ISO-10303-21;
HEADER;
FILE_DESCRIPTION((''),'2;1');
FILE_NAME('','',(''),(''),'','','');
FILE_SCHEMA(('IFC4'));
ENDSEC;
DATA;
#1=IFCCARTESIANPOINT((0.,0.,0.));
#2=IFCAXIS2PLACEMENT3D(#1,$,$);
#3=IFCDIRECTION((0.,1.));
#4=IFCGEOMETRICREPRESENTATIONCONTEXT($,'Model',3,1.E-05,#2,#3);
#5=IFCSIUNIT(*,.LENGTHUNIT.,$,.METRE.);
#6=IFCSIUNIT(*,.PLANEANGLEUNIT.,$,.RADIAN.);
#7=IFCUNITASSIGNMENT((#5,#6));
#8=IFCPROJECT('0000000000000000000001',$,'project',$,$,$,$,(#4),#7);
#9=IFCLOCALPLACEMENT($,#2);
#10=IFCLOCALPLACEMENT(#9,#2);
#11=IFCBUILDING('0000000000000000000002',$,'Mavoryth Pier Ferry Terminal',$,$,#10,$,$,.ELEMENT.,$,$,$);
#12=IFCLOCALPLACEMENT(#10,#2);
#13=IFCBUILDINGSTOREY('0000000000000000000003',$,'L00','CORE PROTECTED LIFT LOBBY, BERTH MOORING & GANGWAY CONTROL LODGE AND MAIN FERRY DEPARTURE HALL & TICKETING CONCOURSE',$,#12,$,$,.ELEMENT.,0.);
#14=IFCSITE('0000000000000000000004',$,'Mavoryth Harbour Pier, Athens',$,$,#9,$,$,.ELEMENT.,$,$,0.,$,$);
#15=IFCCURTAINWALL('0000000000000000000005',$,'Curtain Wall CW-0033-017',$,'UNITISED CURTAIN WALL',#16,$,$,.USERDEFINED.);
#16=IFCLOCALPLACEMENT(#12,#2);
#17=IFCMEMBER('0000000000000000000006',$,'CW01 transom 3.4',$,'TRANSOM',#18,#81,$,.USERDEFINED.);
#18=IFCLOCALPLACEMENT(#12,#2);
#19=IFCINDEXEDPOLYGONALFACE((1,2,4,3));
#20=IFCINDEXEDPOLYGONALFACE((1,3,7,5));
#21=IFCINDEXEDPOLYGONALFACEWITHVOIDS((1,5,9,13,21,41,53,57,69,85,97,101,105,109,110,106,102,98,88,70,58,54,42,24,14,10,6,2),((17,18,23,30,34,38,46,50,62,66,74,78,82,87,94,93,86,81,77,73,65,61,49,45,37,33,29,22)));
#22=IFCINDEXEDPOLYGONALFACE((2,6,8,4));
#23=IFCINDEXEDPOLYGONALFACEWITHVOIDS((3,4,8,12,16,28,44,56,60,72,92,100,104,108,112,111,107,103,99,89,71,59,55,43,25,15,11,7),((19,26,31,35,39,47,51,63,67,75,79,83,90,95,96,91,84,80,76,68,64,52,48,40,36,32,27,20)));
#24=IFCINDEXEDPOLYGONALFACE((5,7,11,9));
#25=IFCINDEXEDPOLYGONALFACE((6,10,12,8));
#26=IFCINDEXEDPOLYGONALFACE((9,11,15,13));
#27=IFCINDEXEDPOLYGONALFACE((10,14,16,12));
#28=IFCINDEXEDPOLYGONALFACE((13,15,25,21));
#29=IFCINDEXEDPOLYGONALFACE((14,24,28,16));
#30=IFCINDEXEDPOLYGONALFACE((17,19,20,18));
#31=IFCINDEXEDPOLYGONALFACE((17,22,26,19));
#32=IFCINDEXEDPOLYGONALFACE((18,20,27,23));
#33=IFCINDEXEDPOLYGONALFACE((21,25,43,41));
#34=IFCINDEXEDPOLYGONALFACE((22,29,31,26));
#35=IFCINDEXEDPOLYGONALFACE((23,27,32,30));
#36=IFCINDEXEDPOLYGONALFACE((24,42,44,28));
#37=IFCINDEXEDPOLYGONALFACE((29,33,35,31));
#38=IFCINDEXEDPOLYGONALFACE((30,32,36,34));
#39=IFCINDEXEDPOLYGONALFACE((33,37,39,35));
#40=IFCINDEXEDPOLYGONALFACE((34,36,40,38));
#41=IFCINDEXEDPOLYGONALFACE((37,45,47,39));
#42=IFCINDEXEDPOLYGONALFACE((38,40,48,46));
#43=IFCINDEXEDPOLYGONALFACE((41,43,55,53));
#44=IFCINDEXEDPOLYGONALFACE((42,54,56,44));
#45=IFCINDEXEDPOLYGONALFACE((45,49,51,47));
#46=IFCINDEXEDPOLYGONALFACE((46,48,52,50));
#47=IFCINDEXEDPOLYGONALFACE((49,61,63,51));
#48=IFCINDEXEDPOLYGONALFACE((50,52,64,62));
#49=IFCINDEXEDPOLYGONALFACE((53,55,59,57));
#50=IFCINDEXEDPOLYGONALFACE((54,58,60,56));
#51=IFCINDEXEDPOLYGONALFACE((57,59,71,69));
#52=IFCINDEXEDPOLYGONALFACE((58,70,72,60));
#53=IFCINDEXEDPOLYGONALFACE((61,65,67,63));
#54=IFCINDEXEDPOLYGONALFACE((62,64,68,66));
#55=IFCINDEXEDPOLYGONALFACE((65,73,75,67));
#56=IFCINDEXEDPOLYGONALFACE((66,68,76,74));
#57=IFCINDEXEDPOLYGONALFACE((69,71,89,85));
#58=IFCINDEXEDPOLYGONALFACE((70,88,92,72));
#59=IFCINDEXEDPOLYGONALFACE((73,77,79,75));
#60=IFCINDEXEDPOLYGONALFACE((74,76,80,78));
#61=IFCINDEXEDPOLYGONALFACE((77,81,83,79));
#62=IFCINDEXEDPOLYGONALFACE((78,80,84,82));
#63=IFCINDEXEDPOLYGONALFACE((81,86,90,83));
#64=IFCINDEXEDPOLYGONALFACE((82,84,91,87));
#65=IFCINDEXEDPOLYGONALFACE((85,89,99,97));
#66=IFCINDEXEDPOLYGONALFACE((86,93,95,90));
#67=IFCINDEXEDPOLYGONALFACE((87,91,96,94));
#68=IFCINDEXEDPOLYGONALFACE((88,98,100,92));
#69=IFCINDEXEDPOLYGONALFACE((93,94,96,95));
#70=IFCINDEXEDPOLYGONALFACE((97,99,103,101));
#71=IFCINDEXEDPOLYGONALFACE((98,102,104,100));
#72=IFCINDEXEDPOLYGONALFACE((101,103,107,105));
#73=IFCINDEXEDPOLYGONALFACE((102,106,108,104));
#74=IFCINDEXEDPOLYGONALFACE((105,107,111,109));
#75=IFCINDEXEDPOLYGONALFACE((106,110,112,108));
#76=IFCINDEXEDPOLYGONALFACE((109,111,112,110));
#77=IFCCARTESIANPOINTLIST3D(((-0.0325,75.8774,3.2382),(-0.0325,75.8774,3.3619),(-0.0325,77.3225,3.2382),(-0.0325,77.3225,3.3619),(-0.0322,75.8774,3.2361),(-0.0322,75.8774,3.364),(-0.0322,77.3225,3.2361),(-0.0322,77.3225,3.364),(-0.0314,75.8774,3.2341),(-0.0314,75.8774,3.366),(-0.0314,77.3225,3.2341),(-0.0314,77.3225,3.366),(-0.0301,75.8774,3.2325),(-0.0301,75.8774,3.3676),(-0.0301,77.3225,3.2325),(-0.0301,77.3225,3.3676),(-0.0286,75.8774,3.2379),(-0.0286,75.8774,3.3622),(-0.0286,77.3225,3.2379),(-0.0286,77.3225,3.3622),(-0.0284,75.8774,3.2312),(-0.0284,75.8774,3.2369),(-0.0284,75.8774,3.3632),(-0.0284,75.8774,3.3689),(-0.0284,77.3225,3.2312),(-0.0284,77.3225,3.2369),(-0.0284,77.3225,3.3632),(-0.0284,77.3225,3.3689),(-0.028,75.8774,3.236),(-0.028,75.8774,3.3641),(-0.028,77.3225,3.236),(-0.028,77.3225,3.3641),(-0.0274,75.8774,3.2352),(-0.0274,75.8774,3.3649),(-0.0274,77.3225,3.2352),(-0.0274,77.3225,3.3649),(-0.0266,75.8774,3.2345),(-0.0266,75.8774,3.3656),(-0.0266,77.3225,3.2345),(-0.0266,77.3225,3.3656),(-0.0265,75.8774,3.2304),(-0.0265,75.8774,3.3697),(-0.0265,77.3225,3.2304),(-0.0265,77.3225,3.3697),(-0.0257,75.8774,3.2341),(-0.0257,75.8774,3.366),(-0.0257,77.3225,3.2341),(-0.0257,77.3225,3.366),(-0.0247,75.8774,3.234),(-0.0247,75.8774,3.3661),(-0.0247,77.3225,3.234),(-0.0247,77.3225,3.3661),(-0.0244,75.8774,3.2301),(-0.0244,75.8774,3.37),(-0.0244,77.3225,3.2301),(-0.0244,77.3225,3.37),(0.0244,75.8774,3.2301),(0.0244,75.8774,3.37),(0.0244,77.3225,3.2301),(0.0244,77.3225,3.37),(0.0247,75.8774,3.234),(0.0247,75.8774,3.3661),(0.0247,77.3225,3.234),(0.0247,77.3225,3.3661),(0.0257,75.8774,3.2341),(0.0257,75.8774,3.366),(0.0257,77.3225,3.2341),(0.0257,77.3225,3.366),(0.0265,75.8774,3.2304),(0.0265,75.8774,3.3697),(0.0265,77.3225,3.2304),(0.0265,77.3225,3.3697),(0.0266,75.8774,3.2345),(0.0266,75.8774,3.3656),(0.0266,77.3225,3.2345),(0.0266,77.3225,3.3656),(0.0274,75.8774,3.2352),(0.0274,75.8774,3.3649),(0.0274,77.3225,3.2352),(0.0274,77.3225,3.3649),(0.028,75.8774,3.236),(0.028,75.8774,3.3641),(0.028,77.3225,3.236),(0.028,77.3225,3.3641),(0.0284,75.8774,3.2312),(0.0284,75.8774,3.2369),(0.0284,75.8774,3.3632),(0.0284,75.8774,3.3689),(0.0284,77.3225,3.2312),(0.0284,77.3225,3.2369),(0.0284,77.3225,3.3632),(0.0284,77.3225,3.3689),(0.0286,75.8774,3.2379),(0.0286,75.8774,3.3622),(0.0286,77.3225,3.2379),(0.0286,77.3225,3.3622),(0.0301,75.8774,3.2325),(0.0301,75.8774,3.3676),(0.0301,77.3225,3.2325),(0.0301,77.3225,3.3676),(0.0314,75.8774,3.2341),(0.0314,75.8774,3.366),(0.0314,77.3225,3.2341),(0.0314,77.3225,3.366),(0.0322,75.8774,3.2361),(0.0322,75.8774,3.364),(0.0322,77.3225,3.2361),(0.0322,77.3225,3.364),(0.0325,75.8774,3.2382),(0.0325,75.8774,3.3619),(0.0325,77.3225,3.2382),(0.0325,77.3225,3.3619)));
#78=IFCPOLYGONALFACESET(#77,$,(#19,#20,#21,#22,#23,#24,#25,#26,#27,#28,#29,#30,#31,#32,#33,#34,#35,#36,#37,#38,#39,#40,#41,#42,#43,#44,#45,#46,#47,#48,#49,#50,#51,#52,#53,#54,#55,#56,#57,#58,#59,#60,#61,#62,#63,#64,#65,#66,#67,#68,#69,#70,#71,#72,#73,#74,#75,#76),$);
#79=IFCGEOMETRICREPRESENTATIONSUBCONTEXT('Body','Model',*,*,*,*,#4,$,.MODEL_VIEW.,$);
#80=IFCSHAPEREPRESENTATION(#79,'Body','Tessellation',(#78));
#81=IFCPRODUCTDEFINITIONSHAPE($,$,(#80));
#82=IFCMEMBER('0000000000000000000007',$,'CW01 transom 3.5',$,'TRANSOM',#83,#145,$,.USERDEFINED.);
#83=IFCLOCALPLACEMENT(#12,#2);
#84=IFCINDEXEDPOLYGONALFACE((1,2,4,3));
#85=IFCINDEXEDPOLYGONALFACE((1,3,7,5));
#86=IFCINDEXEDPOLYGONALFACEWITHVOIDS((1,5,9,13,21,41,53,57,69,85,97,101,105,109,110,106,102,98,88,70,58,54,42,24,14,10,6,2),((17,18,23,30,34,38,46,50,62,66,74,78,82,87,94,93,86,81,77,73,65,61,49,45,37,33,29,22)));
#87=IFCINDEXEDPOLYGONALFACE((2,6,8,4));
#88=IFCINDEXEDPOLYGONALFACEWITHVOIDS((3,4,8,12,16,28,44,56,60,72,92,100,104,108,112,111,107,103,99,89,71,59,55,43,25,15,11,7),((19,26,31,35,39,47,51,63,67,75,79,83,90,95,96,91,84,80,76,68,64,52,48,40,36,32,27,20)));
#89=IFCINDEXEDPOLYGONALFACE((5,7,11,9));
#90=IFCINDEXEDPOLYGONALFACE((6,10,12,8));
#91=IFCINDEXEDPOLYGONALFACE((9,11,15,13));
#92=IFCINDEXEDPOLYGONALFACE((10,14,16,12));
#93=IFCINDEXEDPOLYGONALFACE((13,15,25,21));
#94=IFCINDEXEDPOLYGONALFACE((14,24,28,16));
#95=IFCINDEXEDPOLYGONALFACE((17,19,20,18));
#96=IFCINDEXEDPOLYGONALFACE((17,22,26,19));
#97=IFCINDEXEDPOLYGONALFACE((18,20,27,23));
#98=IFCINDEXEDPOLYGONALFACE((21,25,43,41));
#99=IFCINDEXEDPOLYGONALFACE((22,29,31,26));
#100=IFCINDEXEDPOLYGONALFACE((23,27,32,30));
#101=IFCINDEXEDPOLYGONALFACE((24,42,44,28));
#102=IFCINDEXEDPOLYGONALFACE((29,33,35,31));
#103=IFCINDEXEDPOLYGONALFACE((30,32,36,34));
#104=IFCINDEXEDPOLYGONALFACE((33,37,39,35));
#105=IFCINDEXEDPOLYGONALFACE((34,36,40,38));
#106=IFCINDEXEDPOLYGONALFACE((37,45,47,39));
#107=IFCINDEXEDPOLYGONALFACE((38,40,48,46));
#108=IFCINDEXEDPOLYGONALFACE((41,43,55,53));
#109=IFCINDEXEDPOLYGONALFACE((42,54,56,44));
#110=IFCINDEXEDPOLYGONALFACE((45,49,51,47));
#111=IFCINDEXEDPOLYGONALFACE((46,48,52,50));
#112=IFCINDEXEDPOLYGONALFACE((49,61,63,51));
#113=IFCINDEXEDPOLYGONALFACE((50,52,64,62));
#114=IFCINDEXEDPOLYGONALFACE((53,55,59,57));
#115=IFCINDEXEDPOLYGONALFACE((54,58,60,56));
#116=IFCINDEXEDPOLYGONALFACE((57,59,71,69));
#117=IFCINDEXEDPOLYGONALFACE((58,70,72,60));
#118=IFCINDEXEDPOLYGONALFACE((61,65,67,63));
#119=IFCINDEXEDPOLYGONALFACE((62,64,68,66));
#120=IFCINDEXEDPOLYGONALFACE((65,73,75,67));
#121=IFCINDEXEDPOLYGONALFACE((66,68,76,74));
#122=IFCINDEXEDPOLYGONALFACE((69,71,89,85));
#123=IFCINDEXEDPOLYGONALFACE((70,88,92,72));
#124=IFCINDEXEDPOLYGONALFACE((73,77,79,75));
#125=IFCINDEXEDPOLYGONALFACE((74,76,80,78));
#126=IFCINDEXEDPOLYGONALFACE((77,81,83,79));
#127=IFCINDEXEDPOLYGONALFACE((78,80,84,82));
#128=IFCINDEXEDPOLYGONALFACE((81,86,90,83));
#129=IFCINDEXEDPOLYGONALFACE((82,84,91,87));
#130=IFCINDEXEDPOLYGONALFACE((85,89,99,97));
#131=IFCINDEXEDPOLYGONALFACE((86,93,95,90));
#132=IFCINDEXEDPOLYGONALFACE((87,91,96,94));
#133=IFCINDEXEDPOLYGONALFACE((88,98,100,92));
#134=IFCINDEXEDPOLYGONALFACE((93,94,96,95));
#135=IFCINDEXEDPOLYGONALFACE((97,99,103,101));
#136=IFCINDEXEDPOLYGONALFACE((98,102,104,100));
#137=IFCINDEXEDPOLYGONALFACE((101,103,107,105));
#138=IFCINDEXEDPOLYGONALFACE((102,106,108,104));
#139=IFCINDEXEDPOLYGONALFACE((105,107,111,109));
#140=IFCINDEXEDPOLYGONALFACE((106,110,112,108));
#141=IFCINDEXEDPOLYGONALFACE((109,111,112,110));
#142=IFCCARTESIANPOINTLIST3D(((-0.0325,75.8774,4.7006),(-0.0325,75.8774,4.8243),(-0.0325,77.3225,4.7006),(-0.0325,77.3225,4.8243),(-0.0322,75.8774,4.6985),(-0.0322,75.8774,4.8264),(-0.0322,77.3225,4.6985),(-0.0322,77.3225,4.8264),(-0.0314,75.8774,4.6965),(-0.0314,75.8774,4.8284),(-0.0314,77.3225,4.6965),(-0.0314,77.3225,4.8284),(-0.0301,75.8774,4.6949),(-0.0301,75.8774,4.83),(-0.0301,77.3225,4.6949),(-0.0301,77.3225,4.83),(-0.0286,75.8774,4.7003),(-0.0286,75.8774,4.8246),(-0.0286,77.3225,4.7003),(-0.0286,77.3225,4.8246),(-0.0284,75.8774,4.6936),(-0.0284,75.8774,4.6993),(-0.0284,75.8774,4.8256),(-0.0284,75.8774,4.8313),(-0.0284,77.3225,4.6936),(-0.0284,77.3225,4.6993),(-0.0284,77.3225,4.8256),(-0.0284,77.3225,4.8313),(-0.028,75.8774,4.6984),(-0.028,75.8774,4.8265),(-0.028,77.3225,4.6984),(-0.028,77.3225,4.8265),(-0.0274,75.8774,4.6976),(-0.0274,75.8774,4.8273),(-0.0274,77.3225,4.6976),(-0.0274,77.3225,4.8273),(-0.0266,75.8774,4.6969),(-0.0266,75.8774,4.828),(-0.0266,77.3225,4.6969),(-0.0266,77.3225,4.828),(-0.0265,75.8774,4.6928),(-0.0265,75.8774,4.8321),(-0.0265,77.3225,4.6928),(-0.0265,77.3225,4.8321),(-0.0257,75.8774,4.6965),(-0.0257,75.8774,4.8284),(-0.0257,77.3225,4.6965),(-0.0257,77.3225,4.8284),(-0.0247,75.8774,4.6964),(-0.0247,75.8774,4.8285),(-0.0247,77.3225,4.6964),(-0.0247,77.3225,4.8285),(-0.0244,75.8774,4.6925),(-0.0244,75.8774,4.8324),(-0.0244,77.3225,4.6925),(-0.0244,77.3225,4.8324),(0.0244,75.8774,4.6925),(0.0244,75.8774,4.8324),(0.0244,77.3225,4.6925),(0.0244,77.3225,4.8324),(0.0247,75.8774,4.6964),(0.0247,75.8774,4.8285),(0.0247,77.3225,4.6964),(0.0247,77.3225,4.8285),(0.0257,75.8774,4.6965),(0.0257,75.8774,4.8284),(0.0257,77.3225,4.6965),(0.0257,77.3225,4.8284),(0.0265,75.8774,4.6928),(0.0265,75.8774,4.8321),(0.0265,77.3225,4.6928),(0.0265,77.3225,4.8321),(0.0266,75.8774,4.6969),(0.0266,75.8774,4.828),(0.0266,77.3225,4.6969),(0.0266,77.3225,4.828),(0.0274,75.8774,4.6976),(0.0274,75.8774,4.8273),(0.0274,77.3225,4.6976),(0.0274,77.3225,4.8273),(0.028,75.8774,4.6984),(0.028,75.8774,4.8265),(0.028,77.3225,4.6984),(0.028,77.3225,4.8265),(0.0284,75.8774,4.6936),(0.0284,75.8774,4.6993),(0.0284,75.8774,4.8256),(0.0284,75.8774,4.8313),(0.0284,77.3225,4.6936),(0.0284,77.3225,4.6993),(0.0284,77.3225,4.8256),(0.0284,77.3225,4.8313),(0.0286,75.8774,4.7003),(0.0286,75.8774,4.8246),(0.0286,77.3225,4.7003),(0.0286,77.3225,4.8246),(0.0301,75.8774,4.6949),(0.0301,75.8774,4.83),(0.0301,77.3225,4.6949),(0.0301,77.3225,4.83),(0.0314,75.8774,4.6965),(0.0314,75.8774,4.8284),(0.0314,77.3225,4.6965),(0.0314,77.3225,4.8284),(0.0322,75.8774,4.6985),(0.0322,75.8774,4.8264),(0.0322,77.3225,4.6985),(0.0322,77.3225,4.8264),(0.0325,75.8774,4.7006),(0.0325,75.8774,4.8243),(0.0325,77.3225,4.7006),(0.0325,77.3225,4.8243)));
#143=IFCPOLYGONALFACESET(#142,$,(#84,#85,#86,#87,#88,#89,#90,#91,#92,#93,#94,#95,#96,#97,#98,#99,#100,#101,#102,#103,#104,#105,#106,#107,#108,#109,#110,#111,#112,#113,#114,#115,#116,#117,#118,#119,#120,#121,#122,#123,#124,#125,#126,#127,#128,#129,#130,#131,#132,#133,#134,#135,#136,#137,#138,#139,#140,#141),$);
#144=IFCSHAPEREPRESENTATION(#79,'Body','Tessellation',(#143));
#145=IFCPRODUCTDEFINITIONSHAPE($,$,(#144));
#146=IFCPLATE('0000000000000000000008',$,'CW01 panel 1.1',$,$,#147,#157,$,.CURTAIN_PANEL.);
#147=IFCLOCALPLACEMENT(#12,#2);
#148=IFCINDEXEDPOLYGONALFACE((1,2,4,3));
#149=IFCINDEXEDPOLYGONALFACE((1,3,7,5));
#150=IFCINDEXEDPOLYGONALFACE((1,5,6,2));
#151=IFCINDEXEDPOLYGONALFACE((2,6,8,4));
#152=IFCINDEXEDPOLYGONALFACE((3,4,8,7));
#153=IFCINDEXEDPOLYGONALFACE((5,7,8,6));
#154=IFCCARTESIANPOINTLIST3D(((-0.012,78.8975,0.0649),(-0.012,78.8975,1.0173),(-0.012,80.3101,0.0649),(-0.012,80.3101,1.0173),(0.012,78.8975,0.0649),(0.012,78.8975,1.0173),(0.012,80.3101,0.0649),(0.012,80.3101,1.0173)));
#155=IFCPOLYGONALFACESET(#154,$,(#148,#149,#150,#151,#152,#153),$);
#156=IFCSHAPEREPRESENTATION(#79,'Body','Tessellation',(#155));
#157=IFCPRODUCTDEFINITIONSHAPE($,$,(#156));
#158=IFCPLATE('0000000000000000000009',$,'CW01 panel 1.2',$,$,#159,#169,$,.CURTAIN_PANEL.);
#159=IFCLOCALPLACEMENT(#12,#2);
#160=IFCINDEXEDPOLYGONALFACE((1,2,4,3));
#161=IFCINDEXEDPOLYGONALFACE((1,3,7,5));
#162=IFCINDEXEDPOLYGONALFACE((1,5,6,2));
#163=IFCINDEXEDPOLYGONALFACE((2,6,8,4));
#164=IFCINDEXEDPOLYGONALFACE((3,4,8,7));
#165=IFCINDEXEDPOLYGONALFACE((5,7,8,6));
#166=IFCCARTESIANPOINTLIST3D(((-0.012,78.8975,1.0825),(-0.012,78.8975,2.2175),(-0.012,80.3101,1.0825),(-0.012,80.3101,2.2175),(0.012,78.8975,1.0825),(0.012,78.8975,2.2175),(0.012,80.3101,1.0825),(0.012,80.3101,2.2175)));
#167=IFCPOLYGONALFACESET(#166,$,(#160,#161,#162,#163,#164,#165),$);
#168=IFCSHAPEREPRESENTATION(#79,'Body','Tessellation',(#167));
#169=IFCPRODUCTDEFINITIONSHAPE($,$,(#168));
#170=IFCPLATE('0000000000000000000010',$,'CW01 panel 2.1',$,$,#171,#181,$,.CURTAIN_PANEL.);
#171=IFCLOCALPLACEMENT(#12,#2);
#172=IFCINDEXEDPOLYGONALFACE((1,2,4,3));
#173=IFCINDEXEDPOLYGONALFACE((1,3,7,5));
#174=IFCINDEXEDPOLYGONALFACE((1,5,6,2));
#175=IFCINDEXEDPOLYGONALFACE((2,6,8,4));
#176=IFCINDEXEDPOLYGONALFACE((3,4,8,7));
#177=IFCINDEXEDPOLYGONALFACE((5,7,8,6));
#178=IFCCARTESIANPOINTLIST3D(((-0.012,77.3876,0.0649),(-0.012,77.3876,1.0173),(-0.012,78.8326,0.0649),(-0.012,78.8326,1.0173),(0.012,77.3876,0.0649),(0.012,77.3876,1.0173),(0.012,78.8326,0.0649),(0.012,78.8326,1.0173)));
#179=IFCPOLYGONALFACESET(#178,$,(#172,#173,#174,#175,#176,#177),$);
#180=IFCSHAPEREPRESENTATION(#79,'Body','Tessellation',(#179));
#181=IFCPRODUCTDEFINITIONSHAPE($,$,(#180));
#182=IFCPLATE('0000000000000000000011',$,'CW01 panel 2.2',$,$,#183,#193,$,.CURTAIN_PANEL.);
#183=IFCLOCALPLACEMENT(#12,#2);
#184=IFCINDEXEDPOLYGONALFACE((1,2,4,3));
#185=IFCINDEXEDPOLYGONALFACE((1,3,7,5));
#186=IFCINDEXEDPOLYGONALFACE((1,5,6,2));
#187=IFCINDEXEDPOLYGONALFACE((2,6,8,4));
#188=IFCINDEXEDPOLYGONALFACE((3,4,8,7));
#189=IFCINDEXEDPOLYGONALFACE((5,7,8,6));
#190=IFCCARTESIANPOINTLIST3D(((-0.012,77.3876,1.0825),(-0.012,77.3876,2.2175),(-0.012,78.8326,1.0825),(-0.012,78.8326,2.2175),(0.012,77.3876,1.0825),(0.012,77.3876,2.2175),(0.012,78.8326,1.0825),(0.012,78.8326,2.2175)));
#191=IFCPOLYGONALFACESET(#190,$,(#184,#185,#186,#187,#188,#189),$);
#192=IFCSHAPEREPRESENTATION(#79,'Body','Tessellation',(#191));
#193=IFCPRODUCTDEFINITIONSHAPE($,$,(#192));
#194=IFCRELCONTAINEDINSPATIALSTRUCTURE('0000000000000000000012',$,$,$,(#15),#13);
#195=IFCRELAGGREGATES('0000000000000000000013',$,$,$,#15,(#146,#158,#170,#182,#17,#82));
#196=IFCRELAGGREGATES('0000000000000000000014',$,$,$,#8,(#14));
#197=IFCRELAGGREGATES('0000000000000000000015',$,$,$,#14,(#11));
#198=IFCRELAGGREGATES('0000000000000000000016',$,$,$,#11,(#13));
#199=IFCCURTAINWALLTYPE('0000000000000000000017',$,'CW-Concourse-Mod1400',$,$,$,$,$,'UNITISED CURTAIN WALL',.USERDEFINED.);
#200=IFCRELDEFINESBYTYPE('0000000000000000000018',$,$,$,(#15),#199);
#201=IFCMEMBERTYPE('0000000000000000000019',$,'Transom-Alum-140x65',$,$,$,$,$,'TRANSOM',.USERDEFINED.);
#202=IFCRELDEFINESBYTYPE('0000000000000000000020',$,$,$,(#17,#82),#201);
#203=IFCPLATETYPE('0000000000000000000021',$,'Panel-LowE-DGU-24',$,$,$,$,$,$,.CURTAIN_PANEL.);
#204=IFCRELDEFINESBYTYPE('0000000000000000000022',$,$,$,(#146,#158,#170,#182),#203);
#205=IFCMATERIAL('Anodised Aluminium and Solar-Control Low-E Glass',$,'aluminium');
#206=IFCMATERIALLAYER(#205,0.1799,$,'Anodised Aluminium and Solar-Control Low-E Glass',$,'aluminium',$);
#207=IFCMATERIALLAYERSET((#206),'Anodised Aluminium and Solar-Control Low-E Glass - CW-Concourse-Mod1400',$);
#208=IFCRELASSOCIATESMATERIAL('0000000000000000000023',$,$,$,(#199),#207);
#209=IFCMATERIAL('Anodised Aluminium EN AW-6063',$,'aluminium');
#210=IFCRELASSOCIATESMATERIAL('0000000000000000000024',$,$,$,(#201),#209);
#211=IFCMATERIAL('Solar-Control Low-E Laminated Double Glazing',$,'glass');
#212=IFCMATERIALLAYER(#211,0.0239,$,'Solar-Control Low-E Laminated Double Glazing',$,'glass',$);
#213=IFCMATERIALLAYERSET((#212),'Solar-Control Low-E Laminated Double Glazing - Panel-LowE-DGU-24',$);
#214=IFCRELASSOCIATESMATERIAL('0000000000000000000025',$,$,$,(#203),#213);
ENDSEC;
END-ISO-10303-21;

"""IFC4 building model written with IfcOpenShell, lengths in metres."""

from ifc_helpers import new_model, si_unit, direction, frame, origin, origin_2d, place, context, subcontext, project, spatial, rectangle, hollow_rectangle, extrude, material, layer, layer_set, material_profile, profile_set, type_object, element, aggregate, save


model = new_model("IFC4")

# Units and contexts
model_context = context("Model", 3, precision=1e-05, world=origin(), true_north=direction((0.0, 1.0)))
body_context = subcontext(model_context, "Body", "Model", "MODEL_VIEW")
ifc_project = project(units=[si_unit("LENGTHUNIT", "METRE"), si_unit("PLANEANGLEUNIT", "RADIAN")], contexts=[model_context])

# Site, building, storey
site_placement = place(None, origin())
site = spatial("IfcSite", under=ifc_project, at=site_placement, Name="Mavoryth Harbour Pier, Athens", CompositionType="ELEMENT", RefElevation=0.0)
building_placement = place(site_placement, origin())
building = spatial("IfcBuilding", under=site, at=building_placement, Name="Mavoryth Pier Ferry Terminal", CompositionType="ELEMENT")
storey_placement = place(building_placement, origin())
storey = spatial("IfcBuildingStorey", under=building, at=storey_placement, Name="L00", Description="CORE PROTECTED LIFT LOBBY, BERTH MOORING & GANGWAY CONTROL LODGE AND MAIN FERRY DEPARTURE HALL & TICKETING CONCOURSE", CompositionType="ELEMENT", Elevation=0.0)

# Curtain wall, members, plates
ifc_material_1 = material(Name="Anodised Aluminium and Solar-Control Low-E Glass", Category="aluminium")
ifc_layer_1 = layer(ifc_material_1, 0.1799, Name="Anodised Aluminium and Solar-Control Low-E Glass", Category="aluminium")
ifc_layer_set_1 = layer_set([ifc_layer_1], Name="Anodised Aluminium and Solar-Control Low-E Glass - CW-Concourse-Mod1400")
curtain_wall_type = type_object("IfcCurtainWallType", Name="CW-Concourse-Mod1400", ElementType="UNITISED CURTAIN WALL", PredefinedType="USERDEFINED", material=ifc_layer_set_1)
curtain_wall_placement = place(storey_placement, origin())
curtain_wall = element("IfcCurtainWall", 1, at=curtain_wall_placement, inside=storey, type_object=curtain_wall_type, Name="Curtain Wall CW-0033-017", ObjectType="UNITISED CURTAIN WALL", PredefinedType="USERDEFINED")
ifc_material_2 = material(Name="Anodised Aluminium EN AW-6063", Category="aluminium")
ifc_material_profile_1 = material_profile(ifc_material_2, hollow_rectangle(XDim=0.0649, YDim=0.1399, WallThickness=0.0039, InnerFilletRadius=0.0039, OuterFilletRadius=0.0081, at=origin_2d()), Name="AL-TRAN 140x65x4", Category="aluminium")
ifc_profile_set_1 = profile_set([ifc_material_profile_1], Name="Anodised Aluminium EN AW-6063 - AL-TRAN 140x65x4")
member_type_1 = type_object("IfcMemberType", Name="Transom-Alum-140x65", ElementType="TRANSOM", PredefinedType="USERDEFINED", material=ifc_profile_set_1)
member_1_placement = place(storey_placement, frame((0.0, 77.3225, 3.3), z_axis=(0.0, -1.0, 0.0), x_axis=(1.0, 0.0, 0.0)))
member_1 = element("IfcMember", 2, at=member_1_placement, type_object=member_type_1, Name="CW01 transom 3.4", ObjectType="TRANSOM", PredefinedType="USERDEFINED", context=body_context, shape_type="SweptSolid", body=[
    extrude(hollow_rectangle(XDim=0.0649, YDim=0.1399, WallThickness=0.0039, InnerFilletRadius=0.0039, OuterFilletRadius=0.0081, at=origin_2d()), origin(), (0.0, 0.0, 1.0), 1.4451),
])
member_2_placement = place(storey_placement, frame((0.0, 77.3225, 4.7625), z_axis=(0.0, -1.0, 0.0), x_axis=(1.0, 0.0, 0.0)))
member_2 = element("IfcMember", 3, at=member_2_placement, type_object=member_type_1, Name="CW01 transom 3.5", ObjectType="TRANSOM", PredefinedType="USERDEFINED", context=body_context, shape_type="SweptSolid", body=[
    extrude(hollow_rectangle(XDim=0.0649, YDim=0.1399, WallThickness=0.0039, InnerFilletRadius=0.0039, OuterFilletRadius=0.0081, at=origin_2d()), origin(), (0.0, 0.0, 1.0), 1.4451),
])
ifc_material_3 = material(Name="Solar-Control Low-E Laminated Double Glazing", Category="glass")
ifc_layer_2 = layer(ifc_material_3, 0.0239, Name="Solar-Control Low-E Laminated Double Glazing", Category="glass")
ifc_layer_set_2 = layer_set([ifc_layer_2], Name="Solar-Control Low-E Laminated Double Glazing - Panel-LowE-DGU-24")
plate_type = type_object("IfcPlateType", Name="Panel-LowE-DGU-24", PredefinedType="CURTAIN_PANEL", material=ifc_layer_set_2)
plate_1_placement = place(storey_placement, frame((0.0, 79.6038, 0.0649), z_axis=(0.0, 0.0, 1.0), x_axis=(0.0, -1.0, 0.0)))
plate_1 = element("IfcPlate", 4, at=plate_1_placement, type_object=plate_type, Name="CW01 panel 1.1", PredefinedType="CURTAIN_PANEL", context=body_context, shape_type="SweptSolid", body=[
    extrude(rectangle(XDim=1.4126, YDim=0.0239, at=origin_2d()), origin(), (0.0, 0.0, 1.0), 0.9524),
])
plate_2_placement = place(storey_placement, frame((0.0, 79.6038, 1.0825), z_axis=(0.0, 0.0, 1.0), x_axis=(0.0, -1.0, 0.0)))
plate_2 = element("IfcPlate", 5, at=plate_2_placement, type_object=plate_type, Name="CW01 panel 1.2", PredefinedType="CURTAIN_PANEL", context=body_context, shape_type="SweptSolid", body=[
    extrude(rectangle(XDim=1.4126, YDim=0.0239, at=origin_2d()), origin(), (0.0, 0.0, 1.0), 1.135),
])
plate_3_placement = place(storey_placement, frame((0.0, 78.1101, 0.0649), z_axis=(0.0, 0.0, 1.0), x_axis=(0.0, -1.0, 0.0)))
plate_3 = element("IfcPlate", 6, at=plate_3_placement, type_object=plate_type, Name="CW01 panel 2.1", PredefinedType="CURTAIN_PANEL", context=body_context, shape_type="SweptSolid", body=[
    extrude(rectangle(XDim=1.4451, YDim=0.0239, at=origin_2d()), origin(), (0.0, 0.0, 1.0), 0.9524),
])
plate_4_placement = place(storey_placement, frame((0.0, 78.1101, 1.0825), z_axis=(0.0, 0.0, 1.0), x_axis=(0.0, -1.0, 0.0)))
plate_4 = element("IfcPlate", 7, at=plate_4_placement, type_object=plate_type, Name="CW01 panel 2.2", PredefinedType="CURTAIN_PANEL", context=body_context, shape_type="SweptSolid", body=[
    extrude(rectangle(XDim=1.4451, YDim=0.0239, at=origin_2d()), origin(), (0.0, 0.0, 1.0), 1.135),
])
aggregate(curtain_wall, [plate_1, plate_2, plate_3, plate_4, member_1, member_2])

save(model, "model.ifc")
